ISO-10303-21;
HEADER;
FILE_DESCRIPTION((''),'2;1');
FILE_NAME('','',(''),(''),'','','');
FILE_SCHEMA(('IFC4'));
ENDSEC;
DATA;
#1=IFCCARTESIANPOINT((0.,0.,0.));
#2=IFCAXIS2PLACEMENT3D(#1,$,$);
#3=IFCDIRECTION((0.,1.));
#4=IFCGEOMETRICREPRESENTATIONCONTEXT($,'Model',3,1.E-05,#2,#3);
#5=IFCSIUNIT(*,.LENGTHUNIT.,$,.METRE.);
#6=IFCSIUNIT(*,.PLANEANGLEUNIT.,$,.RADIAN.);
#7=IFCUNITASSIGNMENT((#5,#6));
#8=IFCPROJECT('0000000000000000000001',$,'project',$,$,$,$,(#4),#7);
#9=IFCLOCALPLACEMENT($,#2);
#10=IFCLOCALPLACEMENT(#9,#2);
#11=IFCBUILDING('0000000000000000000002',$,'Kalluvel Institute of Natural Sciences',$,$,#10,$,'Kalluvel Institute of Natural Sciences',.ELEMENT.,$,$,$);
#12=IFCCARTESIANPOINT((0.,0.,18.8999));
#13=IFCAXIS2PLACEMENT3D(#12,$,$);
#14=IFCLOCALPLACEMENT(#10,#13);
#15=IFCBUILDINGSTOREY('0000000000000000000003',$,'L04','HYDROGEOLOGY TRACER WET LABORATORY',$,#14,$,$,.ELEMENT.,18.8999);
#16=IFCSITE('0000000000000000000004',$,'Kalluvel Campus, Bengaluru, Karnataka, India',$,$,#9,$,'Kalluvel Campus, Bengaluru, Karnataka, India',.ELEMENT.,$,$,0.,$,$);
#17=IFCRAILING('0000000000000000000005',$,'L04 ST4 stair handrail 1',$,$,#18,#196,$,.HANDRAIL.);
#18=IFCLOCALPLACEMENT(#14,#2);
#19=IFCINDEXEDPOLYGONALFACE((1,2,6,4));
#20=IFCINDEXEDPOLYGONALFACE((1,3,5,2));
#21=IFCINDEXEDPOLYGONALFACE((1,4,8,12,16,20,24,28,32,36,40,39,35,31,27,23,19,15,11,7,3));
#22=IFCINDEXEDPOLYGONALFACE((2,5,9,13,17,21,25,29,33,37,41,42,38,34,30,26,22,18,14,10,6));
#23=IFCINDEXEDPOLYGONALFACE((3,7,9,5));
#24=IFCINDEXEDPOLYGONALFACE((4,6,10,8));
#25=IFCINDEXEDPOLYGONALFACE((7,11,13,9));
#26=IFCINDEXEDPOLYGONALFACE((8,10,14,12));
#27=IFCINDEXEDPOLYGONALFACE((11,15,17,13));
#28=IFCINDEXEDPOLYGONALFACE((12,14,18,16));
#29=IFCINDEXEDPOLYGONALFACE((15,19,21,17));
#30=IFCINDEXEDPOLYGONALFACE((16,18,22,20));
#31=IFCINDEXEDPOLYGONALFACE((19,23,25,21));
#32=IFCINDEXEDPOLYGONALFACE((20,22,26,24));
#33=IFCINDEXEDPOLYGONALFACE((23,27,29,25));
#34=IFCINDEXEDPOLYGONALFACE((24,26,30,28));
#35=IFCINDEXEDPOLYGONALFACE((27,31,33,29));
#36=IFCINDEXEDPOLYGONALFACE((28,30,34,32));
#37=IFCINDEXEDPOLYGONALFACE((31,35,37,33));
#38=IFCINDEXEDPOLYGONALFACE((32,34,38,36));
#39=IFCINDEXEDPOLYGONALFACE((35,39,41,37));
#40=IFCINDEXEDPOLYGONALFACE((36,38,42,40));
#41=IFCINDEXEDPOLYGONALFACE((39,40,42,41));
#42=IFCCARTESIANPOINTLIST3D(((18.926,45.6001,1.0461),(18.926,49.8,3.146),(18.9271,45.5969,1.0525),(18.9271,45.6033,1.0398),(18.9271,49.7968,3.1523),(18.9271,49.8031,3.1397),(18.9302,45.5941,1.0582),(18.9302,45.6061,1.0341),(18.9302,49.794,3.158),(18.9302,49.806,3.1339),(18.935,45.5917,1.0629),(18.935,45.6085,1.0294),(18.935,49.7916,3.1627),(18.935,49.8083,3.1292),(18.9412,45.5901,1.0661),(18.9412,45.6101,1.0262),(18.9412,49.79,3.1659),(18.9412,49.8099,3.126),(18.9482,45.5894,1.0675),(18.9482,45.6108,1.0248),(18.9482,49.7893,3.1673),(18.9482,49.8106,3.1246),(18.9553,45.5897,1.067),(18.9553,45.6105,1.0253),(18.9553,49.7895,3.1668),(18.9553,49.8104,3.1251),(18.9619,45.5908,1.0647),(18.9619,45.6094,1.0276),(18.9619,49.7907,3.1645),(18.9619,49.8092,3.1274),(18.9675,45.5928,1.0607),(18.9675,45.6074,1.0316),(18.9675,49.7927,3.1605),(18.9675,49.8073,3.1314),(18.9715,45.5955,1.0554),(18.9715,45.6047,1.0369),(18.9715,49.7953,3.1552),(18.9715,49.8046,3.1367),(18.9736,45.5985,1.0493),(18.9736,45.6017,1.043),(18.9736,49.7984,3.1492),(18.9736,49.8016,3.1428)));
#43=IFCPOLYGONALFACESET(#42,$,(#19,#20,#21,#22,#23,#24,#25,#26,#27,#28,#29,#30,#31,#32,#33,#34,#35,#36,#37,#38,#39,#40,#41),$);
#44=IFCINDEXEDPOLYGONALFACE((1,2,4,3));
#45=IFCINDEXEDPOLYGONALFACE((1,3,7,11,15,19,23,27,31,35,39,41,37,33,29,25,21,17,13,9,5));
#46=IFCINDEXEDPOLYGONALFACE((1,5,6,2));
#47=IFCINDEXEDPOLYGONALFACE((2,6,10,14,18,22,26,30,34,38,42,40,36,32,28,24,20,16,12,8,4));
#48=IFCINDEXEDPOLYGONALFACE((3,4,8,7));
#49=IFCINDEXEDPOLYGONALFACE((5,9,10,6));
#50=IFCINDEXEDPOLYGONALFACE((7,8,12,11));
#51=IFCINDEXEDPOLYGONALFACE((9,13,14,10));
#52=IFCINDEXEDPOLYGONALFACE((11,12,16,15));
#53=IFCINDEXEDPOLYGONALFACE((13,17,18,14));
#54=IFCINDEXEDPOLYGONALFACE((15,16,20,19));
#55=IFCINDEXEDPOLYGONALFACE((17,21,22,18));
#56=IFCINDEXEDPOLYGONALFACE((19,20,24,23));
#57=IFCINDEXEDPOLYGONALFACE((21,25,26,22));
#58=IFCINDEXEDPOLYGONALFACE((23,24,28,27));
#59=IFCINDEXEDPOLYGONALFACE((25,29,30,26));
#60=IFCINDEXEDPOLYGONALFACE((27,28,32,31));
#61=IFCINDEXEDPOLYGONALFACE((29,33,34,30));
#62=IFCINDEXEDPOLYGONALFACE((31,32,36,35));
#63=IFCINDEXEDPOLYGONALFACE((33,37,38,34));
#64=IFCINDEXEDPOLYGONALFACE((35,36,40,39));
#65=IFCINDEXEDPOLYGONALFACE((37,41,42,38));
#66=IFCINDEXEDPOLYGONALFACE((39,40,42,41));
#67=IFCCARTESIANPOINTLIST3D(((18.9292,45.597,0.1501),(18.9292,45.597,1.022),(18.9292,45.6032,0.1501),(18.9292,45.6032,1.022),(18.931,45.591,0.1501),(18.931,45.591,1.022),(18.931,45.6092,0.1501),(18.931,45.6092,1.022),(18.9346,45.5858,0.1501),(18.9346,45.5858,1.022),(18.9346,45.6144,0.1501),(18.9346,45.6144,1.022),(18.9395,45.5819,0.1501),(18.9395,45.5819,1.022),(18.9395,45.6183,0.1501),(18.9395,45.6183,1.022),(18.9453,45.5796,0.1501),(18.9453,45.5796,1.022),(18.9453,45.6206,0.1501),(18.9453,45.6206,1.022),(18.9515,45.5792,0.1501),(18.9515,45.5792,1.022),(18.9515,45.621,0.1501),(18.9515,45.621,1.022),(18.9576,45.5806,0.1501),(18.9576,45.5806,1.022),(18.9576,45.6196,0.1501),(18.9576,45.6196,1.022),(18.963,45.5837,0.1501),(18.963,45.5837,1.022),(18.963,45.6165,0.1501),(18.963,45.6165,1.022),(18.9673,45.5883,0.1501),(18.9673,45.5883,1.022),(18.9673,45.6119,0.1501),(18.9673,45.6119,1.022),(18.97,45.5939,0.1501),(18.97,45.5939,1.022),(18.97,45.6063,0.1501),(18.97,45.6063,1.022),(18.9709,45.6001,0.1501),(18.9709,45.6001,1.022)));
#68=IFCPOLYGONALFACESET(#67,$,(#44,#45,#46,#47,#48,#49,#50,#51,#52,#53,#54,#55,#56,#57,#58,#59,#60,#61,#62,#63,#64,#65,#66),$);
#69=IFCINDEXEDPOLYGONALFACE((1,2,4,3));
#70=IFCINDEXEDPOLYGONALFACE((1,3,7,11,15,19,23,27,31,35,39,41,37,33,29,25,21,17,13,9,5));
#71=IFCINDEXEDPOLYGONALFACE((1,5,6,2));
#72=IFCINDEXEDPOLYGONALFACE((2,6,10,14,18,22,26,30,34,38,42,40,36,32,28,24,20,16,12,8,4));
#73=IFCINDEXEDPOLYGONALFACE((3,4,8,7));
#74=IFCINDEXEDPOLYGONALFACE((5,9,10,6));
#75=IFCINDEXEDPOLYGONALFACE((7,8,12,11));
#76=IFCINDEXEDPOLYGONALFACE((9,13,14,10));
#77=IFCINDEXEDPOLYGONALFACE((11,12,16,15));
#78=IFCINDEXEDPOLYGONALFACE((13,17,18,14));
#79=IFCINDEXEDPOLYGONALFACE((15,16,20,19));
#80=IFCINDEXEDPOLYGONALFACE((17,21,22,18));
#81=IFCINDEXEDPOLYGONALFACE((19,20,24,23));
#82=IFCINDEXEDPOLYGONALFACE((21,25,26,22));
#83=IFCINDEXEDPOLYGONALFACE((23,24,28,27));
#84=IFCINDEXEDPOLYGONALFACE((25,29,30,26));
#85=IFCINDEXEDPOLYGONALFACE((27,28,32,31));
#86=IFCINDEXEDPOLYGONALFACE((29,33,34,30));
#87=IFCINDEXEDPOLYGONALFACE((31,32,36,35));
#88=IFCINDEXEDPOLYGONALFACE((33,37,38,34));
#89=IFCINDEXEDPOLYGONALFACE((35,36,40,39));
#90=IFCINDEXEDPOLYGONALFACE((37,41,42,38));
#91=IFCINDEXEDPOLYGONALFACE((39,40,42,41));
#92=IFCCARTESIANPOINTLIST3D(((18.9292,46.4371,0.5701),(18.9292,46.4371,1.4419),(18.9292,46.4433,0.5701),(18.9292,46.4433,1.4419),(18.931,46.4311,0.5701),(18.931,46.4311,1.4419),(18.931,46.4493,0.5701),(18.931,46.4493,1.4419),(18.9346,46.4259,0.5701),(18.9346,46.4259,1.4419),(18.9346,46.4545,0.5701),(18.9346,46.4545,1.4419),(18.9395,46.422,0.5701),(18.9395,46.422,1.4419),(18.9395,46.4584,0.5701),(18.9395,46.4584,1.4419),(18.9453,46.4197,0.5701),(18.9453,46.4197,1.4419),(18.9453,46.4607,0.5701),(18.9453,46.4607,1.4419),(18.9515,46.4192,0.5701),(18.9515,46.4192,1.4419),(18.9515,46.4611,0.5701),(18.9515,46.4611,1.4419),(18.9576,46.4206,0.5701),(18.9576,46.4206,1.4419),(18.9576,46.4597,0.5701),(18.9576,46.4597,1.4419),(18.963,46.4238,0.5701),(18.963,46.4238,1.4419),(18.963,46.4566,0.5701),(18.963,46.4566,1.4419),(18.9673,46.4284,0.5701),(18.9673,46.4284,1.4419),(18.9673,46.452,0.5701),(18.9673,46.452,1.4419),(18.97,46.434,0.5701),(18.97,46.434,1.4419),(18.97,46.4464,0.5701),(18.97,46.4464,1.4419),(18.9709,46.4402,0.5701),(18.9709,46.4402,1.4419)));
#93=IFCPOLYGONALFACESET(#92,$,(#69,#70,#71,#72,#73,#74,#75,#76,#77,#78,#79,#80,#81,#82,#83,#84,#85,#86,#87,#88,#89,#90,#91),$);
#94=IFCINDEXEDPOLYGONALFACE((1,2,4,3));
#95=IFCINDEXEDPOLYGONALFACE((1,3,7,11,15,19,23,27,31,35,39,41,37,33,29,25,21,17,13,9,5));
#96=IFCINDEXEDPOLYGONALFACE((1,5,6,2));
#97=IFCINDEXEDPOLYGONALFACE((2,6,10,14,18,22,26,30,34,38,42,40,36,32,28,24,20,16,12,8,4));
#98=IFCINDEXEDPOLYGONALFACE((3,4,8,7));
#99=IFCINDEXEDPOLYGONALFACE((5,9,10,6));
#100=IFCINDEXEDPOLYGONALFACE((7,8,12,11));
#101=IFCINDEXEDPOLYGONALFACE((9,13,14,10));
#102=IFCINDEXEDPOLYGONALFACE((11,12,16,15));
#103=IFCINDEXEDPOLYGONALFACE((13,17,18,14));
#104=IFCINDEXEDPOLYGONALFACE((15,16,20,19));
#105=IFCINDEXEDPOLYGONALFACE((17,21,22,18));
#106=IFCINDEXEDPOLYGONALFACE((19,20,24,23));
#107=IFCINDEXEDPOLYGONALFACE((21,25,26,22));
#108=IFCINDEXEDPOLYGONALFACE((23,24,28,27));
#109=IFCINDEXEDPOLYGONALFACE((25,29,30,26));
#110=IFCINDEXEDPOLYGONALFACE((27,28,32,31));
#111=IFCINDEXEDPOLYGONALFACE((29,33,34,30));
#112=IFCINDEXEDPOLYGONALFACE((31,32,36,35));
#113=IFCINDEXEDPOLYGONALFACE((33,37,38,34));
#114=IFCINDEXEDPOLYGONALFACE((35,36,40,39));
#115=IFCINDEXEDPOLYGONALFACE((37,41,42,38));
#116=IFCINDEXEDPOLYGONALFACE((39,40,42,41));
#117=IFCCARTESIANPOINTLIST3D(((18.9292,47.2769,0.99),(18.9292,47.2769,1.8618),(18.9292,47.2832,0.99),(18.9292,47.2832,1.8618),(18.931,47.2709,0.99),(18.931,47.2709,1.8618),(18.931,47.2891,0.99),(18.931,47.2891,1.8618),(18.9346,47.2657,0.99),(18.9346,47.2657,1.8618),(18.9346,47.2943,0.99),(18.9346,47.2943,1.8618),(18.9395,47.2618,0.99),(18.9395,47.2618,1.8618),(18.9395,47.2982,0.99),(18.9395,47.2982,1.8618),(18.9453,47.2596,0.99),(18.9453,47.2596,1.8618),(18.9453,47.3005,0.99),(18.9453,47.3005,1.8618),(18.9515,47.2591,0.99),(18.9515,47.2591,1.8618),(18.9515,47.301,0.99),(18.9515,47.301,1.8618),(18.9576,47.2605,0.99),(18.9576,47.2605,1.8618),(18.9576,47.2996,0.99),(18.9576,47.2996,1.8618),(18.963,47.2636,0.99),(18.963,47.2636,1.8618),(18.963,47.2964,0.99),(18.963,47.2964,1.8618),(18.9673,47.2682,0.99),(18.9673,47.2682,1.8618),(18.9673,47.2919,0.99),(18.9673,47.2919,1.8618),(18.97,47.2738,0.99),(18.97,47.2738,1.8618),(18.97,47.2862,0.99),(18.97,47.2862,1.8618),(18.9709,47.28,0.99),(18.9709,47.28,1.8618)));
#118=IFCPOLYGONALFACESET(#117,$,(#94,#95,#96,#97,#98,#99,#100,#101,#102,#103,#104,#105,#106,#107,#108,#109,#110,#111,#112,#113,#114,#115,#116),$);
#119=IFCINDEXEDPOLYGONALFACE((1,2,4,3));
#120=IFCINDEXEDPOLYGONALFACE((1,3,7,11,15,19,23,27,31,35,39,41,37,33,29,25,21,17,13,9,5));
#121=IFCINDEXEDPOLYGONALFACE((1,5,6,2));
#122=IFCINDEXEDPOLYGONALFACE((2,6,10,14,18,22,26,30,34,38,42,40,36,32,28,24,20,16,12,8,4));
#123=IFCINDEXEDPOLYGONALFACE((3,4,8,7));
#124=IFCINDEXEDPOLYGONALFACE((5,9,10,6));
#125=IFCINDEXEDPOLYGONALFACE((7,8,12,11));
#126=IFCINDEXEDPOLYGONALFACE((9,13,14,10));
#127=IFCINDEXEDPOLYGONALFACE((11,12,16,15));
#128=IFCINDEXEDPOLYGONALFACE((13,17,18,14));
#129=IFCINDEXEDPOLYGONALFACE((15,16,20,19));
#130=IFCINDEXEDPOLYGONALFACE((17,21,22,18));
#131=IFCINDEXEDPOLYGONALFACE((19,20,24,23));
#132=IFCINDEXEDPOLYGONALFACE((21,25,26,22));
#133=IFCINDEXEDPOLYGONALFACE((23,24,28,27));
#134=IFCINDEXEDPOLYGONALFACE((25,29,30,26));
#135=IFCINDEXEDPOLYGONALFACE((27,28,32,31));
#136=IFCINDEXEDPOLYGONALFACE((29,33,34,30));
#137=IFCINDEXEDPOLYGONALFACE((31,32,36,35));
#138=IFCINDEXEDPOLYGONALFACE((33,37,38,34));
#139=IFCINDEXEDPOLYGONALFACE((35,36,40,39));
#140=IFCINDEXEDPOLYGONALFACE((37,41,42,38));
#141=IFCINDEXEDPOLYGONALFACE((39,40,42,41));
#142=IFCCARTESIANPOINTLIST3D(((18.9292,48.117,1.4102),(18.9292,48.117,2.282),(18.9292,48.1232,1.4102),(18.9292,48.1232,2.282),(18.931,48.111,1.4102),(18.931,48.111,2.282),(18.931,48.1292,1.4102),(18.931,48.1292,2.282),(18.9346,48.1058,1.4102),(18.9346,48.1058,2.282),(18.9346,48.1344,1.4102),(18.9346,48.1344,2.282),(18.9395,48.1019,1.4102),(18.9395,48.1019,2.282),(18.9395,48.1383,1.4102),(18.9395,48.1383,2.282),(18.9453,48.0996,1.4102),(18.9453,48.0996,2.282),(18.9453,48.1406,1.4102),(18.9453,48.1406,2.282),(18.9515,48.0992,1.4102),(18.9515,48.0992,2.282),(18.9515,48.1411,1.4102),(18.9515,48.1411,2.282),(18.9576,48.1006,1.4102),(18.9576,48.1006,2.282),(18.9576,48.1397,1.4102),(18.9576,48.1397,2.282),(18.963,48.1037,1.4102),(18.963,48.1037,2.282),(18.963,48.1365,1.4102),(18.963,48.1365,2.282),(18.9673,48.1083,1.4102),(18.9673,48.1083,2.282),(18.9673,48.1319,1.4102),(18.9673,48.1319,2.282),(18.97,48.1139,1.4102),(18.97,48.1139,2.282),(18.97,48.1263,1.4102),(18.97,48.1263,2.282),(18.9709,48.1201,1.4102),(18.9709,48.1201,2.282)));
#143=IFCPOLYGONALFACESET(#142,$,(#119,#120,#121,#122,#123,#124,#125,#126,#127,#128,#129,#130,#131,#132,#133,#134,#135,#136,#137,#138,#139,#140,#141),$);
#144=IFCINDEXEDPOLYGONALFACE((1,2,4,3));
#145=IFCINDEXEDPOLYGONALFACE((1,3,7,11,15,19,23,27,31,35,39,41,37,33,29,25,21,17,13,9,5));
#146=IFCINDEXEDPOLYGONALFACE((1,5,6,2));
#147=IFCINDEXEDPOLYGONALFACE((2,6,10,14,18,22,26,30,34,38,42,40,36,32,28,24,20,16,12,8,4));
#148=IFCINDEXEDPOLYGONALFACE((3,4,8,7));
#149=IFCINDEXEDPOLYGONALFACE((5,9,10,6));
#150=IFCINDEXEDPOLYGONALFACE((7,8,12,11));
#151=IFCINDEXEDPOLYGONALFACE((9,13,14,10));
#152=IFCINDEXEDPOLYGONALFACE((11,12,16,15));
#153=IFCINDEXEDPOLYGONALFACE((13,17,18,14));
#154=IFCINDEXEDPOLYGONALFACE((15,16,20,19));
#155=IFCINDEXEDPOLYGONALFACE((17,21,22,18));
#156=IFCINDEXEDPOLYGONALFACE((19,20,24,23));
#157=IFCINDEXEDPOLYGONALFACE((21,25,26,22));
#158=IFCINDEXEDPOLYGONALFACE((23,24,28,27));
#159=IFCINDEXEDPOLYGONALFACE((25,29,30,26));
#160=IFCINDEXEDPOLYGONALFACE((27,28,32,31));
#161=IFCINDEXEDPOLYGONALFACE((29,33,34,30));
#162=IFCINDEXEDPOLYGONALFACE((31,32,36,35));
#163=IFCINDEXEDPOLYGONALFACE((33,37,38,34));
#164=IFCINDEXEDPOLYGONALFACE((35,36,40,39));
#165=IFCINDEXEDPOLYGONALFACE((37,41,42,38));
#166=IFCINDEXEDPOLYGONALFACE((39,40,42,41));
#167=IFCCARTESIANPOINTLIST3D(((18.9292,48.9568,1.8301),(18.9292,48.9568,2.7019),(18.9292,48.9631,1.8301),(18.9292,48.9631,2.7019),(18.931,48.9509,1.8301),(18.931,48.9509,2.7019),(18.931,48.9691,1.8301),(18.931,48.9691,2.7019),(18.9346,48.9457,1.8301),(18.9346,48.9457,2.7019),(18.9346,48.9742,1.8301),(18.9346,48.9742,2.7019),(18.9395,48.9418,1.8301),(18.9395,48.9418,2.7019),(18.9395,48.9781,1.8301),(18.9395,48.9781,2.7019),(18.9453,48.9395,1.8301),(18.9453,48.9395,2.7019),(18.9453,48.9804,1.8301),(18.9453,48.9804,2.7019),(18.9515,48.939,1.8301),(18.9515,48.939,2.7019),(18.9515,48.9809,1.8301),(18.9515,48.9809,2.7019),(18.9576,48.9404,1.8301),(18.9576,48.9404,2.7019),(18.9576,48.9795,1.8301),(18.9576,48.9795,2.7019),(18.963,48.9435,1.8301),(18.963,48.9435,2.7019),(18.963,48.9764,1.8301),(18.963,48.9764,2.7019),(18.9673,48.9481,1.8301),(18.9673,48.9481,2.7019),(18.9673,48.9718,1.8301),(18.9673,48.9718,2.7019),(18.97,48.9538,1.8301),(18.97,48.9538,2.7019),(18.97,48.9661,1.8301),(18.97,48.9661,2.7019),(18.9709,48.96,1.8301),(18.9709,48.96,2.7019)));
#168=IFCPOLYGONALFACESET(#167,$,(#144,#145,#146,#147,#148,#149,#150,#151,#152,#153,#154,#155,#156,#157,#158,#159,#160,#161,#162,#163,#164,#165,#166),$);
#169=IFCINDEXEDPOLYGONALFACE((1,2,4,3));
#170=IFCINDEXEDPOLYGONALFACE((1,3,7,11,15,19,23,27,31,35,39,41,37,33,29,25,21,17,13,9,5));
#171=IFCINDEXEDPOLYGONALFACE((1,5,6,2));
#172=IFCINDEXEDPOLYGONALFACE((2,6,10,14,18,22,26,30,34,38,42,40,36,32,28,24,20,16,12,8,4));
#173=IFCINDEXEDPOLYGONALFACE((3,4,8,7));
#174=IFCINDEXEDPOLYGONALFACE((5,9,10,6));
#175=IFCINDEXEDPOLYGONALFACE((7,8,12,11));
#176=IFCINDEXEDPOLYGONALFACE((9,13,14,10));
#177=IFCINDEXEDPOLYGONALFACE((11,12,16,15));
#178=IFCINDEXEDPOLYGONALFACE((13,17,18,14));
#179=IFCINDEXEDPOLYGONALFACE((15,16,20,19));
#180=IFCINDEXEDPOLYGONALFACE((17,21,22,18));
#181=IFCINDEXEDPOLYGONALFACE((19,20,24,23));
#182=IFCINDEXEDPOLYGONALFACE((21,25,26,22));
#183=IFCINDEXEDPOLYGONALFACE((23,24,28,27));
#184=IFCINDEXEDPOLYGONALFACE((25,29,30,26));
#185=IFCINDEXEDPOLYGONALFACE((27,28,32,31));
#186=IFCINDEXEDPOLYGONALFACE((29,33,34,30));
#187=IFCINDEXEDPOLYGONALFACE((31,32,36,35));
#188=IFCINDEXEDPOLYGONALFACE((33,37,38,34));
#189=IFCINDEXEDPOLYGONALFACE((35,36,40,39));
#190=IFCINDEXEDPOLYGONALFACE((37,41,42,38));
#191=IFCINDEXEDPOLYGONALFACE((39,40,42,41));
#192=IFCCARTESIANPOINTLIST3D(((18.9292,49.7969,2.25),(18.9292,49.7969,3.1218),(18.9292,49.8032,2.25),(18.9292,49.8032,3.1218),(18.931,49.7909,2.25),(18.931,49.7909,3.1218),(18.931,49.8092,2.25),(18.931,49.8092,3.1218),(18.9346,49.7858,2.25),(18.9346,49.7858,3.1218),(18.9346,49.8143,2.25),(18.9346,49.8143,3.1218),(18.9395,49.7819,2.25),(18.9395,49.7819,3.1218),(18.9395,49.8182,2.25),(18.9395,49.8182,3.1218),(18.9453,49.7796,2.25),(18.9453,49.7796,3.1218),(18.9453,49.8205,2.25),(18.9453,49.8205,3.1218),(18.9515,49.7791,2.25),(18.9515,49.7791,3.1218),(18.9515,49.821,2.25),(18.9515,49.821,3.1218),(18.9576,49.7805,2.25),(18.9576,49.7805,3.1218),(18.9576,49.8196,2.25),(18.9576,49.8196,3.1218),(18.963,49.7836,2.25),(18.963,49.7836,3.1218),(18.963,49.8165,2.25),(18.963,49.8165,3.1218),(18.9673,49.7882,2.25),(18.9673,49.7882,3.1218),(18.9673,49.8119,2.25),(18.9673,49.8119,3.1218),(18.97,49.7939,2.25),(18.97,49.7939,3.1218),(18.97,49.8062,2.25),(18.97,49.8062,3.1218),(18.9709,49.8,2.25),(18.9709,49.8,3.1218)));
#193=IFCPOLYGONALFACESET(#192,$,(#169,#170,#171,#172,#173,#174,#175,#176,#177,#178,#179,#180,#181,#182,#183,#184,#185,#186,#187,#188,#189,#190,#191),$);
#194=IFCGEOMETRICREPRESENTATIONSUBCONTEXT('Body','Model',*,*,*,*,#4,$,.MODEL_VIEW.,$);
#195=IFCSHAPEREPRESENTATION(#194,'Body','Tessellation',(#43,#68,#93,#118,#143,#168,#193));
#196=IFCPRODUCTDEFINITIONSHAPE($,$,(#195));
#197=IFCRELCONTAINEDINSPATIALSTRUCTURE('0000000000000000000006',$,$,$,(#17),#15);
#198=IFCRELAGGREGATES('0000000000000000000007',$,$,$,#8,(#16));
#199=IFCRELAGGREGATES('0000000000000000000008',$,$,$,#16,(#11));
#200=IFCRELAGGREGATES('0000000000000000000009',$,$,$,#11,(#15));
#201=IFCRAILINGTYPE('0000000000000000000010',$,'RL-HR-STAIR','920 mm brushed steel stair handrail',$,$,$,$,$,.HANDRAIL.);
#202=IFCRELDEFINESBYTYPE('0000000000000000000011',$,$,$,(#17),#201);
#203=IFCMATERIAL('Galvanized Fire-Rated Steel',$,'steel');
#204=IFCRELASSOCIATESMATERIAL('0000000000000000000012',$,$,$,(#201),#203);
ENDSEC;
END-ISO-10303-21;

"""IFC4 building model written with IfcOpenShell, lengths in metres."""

from ifc_helpers import new_model, si_unit, direction, frame, origin, origin_2d, place, context, subcontext, project, spatial, circle, extrude, material, type_object, element, save


model = new_model("IFC4")

# Units and contexts
model_context = context("Model", 3, precision=1e-05, world=origin(), true_north=direction((0.0, 1.0)))
body_context = subcontext(model_context, "Body", "Model", "MODEL_VIEW")
ifc_project = project(units=[si_unit("LENGTHUNIT", "METRE"), si_unit("PLANEANGLEUNIT", "RADIAN")], contexts=[model_context])

# Site, building, storey
site_placement = place(None, origin())
site = spatial("IfcSite", under=ifc_project, at=site_placement, Name="Kalluvel Campus, Bengaluru, Karnataka, India", LongName="Kalluvel Campus, Bengaluru, Karnataka, India", CompositionType="ELEMENT", RefElevation=0.0)
building_placement = place(site_placement, origin())
building = spatial("IfcBuilding", under=site, at=building_placement, Name="Kalluvel Institute of Natural Sciences", LongName="Kalluvel Institute of Natural Sciences", CompositionType="ELEMENT")
storey_placement = place(building_placement, frame((0.0, 0.0, 18.8999)))
storey = spatial("IfcBuildingStorey", under=building, at=storey_placement, Name="L04", Description="HYDROGEOLOGY TRACER WET LABORATORY", CompositionType="ELEMENT", Elevation=18.8999)

# Shared definitions
ifc_material_1 = material(Name="Galvanized Fire-Rated Steel", Category="steel")

# Railing
railing_type_1 = type_object("IfcRailingType", Name="RL-HR-STAIR", Description="920 mm brushed steel stair handrail", PredefinedType="HANDRAIL", material=ifc_material_1)
railing_1_placement = place(storey_placement, frame((18.95, 45.6001, 0.1501)))
element("IfcRailing", 1, at=railing_1_placement, inside=storey, type_object=railing_type_1, Name="L04 ST4 stair handrail 1", PredefinedType="HANDRAIL", context=body_context, shape_type="SweptSolid", body=[
    extrude(circle(Radius=0.0239, at=origin_2d()), frame((0.0, 0.0, 0.896), z_axis=(0.0, 0.894438, 0.447193), x_axis=(-1.0, 0.0, 0.0)), (0.0, 0.0, 1.0), 4.6956),
    extrude(circle(Radius=0.021, at=origin_2d()), origin(), (0.0, 0.0, 1.0), 0.8718),
    extrude(circle(Radius=0.021, at=origin_2d()), frame((0.0, 0.8401, 0.4199)), (0.0, 0.0, 1.0), 0.8718),
    extrude(circle(Radius=0.021, at=origin_2d()), frame((0.0, 1.6799, 0.8398)), (0.0, 0.0, 1.0), 0.8718),
    extrude(circle(Radius=0.021, at=origin_2d()), frame((0.0, 2.52, 1.26)), (0.0, 0.0, 1.0), 0.8718),
    extrude(circle(Radius=0.021, at=origin_2d()), frame((0.0, 3.3599, 1.6799)), (0.0, 0.0, 1.0), 0.8718),
    extrude(circle(Radius=0.021, at=origin_2d()), frame((0.0, 4.2, 2.0999)), (0.0, 0.0, 1.0), 0.8718),
])

save(model, "model.ifc")
